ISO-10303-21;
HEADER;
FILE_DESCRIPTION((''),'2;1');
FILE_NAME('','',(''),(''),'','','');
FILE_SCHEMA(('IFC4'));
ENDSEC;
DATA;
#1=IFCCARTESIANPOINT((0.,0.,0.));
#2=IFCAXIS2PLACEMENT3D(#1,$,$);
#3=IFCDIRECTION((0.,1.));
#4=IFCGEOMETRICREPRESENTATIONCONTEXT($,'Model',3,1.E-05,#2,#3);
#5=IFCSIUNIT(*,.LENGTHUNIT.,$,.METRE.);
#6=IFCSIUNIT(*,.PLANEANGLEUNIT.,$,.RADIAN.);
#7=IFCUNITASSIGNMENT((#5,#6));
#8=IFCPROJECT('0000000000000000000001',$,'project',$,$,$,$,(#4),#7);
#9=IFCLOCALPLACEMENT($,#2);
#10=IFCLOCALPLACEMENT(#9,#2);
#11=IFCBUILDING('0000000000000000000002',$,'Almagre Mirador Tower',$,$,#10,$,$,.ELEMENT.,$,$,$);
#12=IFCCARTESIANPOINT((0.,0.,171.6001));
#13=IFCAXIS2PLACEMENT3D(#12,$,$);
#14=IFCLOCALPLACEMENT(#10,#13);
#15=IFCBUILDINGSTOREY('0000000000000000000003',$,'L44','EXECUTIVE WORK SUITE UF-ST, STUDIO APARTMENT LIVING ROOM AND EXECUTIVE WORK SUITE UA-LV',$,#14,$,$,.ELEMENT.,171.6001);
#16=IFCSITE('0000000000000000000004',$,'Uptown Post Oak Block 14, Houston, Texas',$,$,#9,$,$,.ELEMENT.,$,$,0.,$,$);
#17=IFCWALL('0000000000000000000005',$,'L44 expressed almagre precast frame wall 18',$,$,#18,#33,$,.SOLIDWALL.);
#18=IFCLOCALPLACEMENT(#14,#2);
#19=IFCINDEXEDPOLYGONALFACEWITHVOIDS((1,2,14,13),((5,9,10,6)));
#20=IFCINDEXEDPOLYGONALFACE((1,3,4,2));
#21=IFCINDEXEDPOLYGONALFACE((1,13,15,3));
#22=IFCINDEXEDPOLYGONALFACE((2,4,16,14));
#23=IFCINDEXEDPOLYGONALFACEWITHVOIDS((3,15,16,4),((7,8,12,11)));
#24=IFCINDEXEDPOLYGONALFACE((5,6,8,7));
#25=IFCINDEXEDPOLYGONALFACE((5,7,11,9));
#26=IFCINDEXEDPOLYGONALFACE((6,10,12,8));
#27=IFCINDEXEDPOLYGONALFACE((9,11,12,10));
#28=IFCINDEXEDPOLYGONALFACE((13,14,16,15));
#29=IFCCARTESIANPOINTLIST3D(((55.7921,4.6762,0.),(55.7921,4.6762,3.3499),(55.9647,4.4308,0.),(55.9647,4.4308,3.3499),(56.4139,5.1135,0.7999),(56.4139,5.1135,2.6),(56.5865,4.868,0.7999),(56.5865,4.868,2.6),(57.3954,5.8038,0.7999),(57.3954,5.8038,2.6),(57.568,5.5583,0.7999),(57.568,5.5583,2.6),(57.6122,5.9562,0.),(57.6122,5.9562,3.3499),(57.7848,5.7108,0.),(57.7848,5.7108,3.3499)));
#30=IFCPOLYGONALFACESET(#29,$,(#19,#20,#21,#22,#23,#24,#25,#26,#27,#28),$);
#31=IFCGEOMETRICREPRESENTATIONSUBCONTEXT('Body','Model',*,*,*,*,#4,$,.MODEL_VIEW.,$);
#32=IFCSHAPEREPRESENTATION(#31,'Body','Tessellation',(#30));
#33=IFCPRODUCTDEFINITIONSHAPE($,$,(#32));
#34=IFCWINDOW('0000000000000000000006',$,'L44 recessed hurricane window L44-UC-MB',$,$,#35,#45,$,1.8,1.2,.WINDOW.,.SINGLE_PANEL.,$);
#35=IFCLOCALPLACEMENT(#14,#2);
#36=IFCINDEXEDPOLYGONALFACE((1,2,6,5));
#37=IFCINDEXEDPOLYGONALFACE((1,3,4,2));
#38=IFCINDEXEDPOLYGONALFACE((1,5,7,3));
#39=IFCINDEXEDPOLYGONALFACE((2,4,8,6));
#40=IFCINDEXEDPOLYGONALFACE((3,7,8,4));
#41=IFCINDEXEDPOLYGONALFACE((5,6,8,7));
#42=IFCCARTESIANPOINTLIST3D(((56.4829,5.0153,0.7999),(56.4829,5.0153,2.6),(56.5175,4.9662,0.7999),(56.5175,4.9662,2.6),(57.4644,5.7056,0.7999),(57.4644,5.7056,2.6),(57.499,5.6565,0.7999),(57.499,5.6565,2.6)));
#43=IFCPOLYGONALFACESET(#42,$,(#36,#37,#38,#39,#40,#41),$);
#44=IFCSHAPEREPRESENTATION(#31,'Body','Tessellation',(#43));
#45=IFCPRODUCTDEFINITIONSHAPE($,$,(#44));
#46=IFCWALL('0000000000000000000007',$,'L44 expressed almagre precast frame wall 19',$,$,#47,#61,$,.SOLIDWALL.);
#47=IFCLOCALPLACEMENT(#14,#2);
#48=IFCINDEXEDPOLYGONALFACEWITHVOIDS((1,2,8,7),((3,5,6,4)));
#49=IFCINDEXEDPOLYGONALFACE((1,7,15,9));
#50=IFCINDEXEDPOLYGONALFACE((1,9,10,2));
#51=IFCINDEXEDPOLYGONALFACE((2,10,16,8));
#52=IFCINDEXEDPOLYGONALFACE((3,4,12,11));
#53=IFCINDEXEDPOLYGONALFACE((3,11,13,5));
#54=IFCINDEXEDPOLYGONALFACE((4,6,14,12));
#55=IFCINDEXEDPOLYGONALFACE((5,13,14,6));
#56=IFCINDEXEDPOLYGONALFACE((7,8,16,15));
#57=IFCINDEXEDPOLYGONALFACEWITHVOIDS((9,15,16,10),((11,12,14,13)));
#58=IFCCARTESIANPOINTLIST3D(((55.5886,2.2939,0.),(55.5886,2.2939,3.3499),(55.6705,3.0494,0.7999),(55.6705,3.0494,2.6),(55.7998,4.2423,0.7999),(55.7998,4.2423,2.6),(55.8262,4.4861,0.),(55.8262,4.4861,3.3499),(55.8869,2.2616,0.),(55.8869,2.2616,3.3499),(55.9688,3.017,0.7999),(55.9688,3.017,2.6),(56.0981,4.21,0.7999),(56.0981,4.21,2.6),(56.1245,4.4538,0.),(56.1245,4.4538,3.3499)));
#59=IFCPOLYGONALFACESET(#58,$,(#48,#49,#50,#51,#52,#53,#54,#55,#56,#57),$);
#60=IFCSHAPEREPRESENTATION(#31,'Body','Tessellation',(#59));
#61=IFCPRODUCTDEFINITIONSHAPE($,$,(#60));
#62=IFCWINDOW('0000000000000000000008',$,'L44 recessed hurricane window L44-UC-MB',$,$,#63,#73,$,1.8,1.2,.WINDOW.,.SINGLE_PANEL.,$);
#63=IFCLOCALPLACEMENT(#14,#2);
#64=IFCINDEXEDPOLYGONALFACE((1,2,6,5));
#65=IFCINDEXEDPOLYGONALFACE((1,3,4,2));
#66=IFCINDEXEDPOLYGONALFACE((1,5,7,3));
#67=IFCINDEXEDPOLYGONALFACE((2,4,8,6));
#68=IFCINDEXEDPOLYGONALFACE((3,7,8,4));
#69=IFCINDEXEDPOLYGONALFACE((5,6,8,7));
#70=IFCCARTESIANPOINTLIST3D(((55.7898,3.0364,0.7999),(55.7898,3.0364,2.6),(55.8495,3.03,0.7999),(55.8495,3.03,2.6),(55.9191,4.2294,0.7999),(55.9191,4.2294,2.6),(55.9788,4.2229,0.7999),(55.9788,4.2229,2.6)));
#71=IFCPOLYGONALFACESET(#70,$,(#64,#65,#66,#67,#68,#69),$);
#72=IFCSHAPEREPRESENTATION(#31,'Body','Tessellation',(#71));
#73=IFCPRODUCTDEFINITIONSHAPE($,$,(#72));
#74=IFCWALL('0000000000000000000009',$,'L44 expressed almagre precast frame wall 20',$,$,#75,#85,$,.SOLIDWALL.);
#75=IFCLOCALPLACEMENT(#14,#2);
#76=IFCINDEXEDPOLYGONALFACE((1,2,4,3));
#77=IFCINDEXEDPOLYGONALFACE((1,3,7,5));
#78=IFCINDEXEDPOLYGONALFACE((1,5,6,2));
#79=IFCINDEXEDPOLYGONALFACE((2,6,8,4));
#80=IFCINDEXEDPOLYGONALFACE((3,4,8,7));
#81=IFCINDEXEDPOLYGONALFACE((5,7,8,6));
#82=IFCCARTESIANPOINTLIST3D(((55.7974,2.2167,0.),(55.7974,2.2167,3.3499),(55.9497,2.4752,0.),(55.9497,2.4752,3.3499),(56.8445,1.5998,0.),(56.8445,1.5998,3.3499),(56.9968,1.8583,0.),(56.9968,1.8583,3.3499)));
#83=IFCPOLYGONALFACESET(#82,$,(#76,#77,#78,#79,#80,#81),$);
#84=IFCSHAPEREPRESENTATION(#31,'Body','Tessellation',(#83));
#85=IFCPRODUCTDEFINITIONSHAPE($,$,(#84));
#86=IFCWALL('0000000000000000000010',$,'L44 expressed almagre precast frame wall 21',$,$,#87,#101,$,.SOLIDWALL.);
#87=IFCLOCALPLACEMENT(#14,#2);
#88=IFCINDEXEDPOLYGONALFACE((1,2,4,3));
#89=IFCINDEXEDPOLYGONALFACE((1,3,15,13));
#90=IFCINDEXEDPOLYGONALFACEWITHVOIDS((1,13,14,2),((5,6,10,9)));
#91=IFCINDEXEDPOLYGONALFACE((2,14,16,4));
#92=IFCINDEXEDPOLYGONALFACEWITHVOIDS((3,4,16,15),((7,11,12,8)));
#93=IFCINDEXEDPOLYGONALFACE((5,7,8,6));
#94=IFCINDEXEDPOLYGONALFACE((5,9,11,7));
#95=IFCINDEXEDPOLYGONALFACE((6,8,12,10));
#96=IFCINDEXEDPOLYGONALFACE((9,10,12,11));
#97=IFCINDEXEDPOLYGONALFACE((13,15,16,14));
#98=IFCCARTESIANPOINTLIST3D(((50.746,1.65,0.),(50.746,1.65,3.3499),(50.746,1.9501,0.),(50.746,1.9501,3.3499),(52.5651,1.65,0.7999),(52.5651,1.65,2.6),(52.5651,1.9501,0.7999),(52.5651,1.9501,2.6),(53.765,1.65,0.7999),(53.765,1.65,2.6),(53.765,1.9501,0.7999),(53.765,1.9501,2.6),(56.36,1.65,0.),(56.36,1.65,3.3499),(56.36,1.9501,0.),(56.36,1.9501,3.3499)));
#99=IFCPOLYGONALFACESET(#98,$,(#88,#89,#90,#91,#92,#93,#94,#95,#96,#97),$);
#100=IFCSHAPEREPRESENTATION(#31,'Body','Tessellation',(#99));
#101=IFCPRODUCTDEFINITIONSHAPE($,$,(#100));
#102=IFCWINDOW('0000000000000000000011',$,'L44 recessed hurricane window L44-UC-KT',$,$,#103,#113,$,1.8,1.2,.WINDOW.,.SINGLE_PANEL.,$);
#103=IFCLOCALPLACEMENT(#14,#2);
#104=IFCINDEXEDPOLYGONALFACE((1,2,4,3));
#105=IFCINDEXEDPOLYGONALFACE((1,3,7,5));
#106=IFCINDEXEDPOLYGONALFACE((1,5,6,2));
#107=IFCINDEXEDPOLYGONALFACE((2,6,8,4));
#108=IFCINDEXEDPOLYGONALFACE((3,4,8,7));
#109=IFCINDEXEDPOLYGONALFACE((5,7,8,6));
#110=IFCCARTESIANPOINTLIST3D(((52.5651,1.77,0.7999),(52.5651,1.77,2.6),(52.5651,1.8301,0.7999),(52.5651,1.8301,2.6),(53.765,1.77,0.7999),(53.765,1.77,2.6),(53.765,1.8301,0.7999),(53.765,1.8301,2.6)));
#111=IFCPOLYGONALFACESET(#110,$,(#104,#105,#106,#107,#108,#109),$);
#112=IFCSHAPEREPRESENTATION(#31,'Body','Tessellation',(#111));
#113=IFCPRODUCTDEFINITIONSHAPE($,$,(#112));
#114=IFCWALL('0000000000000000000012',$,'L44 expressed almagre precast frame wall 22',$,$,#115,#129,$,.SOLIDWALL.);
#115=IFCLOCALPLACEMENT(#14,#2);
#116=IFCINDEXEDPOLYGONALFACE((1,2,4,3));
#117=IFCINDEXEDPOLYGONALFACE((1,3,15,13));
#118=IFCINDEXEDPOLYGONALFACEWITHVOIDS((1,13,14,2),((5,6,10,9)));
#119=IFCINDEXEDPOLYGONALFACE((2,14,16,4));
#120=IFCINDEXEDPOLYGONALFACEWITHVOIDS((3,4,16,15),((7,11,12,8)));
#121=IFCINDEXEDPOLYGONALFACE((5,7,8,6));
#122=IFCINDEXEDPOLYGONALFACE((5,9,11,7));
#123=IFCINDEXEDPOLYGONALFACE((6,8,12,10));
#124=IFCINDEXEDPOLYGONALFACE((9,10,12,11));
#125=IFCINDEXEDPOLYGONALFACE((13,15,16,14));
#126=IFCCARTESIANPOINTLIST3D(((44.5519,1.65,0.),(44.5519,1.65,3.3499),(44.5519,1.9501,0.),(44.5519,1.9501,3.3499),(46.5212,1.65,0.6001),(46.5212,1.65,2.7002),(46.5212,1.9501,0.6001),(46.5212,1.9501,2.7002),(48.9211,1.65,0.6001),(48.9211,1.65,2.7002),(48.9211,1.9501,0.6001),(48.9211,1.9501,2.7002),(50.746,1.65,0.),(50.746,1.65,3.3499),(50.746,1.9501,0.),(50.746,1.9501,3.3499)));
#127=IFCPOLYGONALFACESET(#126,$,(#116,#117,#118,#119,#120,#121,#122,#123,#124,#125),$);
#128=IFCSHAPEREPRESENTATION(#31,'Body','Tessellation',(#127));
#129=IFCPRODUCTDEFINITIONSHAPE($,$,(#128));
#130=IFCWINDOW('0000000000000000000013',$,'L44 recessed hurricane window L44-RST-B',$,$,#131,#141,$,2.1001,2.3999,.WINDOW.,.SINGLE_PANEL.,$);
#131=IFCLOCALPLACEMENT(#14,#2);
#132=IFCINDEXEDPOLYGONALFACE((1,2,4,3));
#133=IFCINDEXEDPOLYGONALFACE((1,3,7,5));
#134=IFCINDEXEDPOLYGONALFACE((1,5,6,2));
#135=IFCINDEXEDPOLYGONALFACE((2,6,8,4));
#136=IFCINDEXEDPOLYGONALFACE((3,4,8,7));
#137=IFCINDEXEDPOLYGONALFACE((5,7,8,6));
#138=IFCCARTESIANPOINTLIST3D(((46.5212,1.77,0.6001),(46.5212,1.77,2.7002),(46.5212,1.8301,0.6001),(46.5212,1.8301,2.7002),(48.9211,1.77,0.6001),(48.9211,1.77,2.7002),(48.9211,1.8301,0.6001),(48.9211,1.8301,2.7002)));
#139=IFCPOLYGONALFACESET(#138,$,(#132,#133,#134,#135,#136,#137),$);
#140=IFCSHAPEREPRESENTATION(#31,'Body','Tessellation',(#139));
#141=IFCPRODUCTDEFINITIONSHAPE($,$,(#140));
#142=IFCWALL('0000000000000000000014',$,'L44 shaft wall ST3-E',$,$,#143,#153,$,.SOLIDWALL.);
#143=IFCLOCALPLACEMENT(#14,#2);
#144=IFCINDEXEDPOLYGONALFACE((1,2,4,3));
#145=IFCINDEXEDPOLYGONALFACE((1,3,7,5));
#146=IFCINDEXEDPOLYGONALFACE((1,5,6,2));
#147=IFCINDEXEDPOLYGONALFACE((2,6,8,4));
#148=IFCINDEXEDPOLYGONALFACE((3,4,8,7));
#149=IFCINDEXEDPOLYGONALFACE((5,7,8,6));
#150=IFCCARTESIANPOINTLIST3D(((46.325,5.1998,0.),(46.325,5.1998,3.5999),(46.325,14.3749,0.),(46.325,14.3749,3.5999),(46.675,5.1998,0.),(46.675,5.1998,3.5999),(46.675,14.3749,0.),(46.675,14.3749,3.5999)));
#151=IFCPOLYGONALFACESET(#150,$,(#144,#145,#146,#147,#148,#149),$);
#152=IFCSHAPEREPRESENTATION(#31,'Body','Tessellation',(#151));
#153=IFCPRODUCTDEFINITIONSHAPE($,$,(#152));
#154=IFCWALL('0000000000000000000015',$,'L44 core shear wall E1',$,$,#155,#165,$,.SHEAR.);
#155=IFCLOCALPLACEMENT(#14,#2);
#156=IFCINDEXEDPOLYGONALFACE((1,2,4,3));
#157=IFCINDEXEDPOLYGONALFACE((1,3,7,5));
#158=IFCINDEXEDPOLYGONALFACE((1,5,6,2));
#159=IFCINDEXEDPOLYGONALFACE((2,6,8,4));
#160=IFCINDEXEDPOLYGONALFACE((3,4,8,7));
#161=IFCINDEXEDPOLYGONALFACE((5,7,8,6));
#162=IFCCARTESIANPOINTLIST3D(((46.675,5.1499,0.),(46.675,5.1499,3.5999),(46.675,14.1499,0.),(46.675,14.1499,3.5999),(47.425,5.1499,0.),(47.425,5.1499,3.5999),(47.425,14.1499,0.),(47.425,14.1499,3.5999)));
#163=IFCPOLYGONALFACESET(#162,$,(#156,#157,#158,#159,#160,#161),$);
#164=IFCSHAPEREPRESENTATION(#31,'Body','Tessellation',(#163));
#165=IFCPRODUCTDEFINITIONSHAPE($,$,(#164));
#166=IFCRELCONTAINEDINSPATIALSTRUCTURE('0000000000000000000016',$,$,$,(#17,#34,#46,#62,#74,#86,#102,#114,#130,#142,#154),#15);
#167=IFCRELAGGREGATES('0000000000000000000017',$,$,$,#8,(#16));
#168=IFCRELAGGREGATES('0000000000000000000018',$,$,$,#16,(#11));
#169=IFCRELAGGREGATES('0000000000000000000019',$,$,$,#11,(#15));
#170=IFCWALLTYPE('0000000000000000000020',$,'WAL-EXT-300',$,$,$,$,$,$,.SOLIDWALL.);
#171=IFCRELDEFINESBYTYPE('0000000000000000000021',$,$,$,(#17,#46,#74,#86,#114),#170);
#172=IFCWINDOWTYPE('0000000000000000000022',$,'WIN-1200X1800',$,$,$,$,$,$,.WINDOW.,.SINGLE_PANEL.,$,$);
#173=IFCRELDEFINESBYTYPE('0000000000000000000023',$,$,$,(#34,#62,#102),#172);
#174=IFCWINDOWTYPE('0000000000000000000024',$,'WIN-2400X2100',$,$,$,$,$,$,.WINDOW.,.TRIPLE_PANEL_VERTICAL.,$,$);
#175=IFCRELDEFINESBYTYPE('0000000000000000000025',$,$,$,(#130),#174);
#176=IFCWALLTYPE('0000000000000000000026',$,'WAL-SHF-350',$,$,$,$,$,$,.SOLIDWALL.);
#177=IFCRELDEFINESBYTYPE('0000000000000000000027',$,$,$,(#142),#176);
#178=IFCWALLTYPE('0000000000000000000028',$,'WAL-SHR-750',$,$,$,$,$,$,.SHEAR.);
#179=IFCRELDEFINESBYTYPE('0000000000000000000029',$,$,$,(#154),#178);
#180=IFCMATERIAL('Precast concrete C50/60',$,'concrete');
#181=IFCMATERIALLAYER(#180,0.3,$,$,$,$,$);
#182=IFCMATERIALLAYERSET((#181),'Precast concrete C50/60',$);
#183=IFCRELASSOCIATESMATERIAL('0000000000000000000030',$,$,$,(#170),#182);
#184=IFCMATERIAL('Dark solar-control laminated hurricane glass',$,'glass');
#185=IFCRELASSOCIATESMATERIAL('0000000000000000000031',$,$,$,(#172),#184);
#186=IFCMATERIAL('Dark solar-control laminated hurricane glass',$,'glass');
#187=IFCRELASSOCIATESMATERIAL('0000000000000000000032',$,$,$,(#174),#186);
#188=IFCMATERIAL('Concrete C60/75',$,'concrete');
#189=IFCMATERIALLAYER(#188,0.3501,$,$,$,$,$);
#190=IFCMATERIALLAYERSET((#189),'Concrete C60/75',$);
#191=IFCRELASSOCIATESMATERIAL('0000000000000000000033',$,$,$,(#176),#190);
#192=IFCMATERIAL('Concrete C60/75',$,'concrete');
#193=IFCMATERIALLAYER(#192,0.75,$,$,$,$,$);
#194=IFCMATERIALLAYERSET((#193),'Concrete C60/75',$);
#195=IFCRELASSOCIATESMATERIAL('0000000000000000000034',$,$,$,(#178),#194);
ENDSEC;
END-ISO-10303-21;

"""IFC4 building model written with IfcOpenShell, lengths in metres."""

from ifc_helpers import new_model, si_unit, direction, frame, frame_2d, origin, place, context, subcontext, project, spatial, rectangle, extrude, material, layer, layer_set, type_object, element, fill, save


model = new_model("IFC4")

# Units and contexts
model_context = context("Model", 3, precision=1e-05, world=origin(), true_north=direction((0.0, 1.0)))
body_context = subcontext(model_context, "Body", "Model", "MODEL_VIEW")
ifc_project = project(units=[si_unit("LENGTHUNIT", "METRE"), si_unit("PLANEANGLEUNIT", "RADIAN")], contexts=[model_context])

# Site, building, storey
site_placement = place(None, origin())
site = spatial("IfcSite", under=ifc_project, at=site_placement, Name="Uptown Post Oak Block 14, Houston, Texas", CompositionType="ELEMENT", RefElevation=0.0)
building_placement = place(site_placement, origin())
building = spatial("IfcBuilding", under=site, at=building_placement, Name="Almagre Mirador Tower", CompositionType="ELEMENT")
storey_placement = place(building_placement, frame((0.0, 0.0, 171.6001)))
storey = spatial("IfcBuildingStorey", under=building, at=storey_placement, Name="L44", Description="EXECUTIVE WORK SUITE UF-ST, STUDIO APARTMENT LIVING ROOM AND EXECUTIVE WORK SUITE UA-LV", CompositionType="ELEMENT", Elevation=171.6001)

# Shared definitions
ifc_material_1 = material(Name="Precast concrete C50/60", Category="concrete")
ifc_layer_1 = layer(ifc_material_1, 0.3)
ifc_layer_set_1 = layer_set([ifc_layer_1], Name="Precast concrete C50/60")
wall_type_1 = type_object("IfcWallType", Name="WAL-EXT-300", PredefinedType="SOLIDWALL", material=ifc_layer_set_1)

# Walls, openings, windows
wall_1_placement = place(storey_placement, frame((57.6985, 5.8335, 0.0), z_axis=(0.0, 0.0, 1.0), x_axis=(-0.817967, -0.575265, 0.0)))
wall_1 = element("IfcWall", 1, at=wall_1_placement, inside=storey, type_object=wall_type_1, Name="L44 expressed almagre precast frame wall 18", PredefinedType="SOLIDWALL", context=body_context, shape_type="SweptSolid", body=[
    extrude(rectangle(XDim=2.2251, YDim=0.3, at=frame_2d((1.1125, 0.0))), origin(), (0.0, 0.0, 1.0), 3.3499),
])
opening_1_placement = place(wall_1_placement, frame((0.2649, 0.0, 0.8)))
opening_1 = element("IfcOpeningElement", 2, at=opening_1_placement, cuts=wall_1, PredefinedType="OPENING", context=body_context, shape_type="SweptSolid", body=[
    extrude(rectangle(XDim=1.2, YDim=1.8, at=frame_2d((0.6001, 0.8999))), frame((0.0, 0.1599, 0.0), z_axis=(0.0, -1.0, 0.0), x_axis=(1.0, 0.0, 0.0)), (0.0, 0.0, 1.0), 0.32),
])
ifc_material_2 = material(Name="Dark solar-control laminated hurricane glass", Category="glass")
window_type_1 = type_object("IfcWindowType", Name="WIN-1200X1800", PartitioningType="SINGLE_PANEL", PredefinedType="WINDOW", material=ifc_material_2)
window_1_placement = place(opening_1_placement, origin())
window_1 = element("IfcWindow", 3, at=window_1_placement, inside=storey, type_object=window_type_1, Name="L44 recessed hurricane window L44-UC-MB", OverallHeight=1.8, OverallWidth=1.2, PartitioningType="SINGLE_PANEL", PredefinedType="WINDOW", context=body_context, shape_type="SweptSolid", body=[
    extrude(rectangle(XDim=1.2, YDim=1.8, at=frame_2d((0.6001, 0.8999))), frame((0.0, 0.03, 0.0), z_axis=(0.0, -1.0, 0.0), x_axis=(1.0, 0.0, 0.0)), (0.0, 0.0, 1.0), 0.0601),
])
fill(opening_1, window_1)
wall_2_placement = place(storey_placement, frame((55.9753, 4.47, 0.0), z_axis=(0.0, 0.0, 1.0), x_axis=(-0.107733, -0.99418, 0.0)))
wall_2 = element("IfcWall", 4, at=wall_2_placement, inside=storey, type_object=wall_type_1, Name="L44 expressed almagre precast frame wall 19", PredefinedType="SOLIDWALL", context=body_context, shape_type="SweptSolid", body=[
    extrude(rectangle(XDim=2.2051, YDim=0.3, at=frame_2d((1.1025, 0.0))), origin(), (0.0, 0.0, 1.0), 3.3499),
])
opening_2_placement = place(wall_2_placement, frame((0.2451, 0.0, 0.8)))
opening_2 = element("IfcOpeningElement", 5, at=opening_2_placement, cuts=wall_2, PredefinedType="OPENING", context=body_context, shape_type="SweptSolid", body=[
    extrude(rectangle(XDim=1.2, YDim=1.8, at=frame_2d((0.6001, 0.8999))), frame((0.0, 0.1599, 0.0), z_axis=(0.0, -1.0, 0.0), x_axis=(1.0, 0.0, 0.0)), (0.0, 0.0, 1.0), 0.32),
])
window_2_placement = place(opening_2_placement, origin())
window_2 = element("IfcWindow", 6, at=window_2_placement, inside=storey, type_object=window_type_1, Name="L44 recessed hurricane window L44-UC-MB", OverallHeight=1.8, OverallWidth=1.2, PartitioningType="SINGLE_PANEL", PredefinedType="WINDOW", context=body_context, shape_type="SweptSolid", body=[
    extrude(rectangle(XDim=1.2, YDim=1.8, at=frame_2d((0.6001, 0.8999))), frame((0.0, 0.03, 0.0), z_axis=(0.0, -1.0, 0.0), x_axis=(1.0, 0.0, 0.0)), (0.0, 0.0, 1.0), 0.0601),
])
fill(opening_2, window_2)

# Wall
wall_3_placement = place(storey_placement, frame((55.8735, 2.3459, 0.0), z_axis=(0.0, 0.0, 1.0), x_axis=(0.861578, -0.507626, 0.0)))
element("IfcWall", 7, at=wall_3_placement, inside=storey, type_object=wall_type_1, Name="L44 expressed almagre precast frame wall 20", PredefinedType="SOLIDWALL", context=body_context, shape_type="SweptSolid", body=[
    extrude(rectangle(XDim=1.2153, YDim=0.3, at=frame_2d((0.6077, 0.0))), origin(), (0.0, 0.0, 1.0), 3.3499),
])

# Walls, openings, windows
wall_4_placement = place(storey_placement, frame((56.3601, 1.8, 0.0), z_axis=(0.0, 0.0, 1.0), x_axis=(-1.0, 0.0, 0.0)))
wall_4 = element("IfcWall", 8, at=wall_4_placement, inside=storey, type_object=wall_type_1, Name="L44 expressed almagre precast frame wall 21", PredefinedType="SOLIDWALL", context=body_context, shape_type="SweptSolid", body=[
    extrude(rectangle(XDim=5.614, YDim=0.3, at=frame_2d((2.8071, 0.0))), origin(), (0.0, 0.0, 1.0), 3.3499),
])
opening_3_placement = place(wall_4_placement, frame((2.595, 0.0, 0.8)))
opening_3 = element("IfcOpeningElement", 9, at=opening_3_placement, cuts=wall_4, PredefinedType="OPENING", context=body_context, shape_type="SweptSolid", body=[
    extrude(rectangle(XDim=1.2, YDim=1.8, at=frame_2d((0.6001, 0.8999))), frame((0.0, 0.1599, 0.0), z_axis=(0.0, -1.0, 0.0), x_axis=(1.0, 0.0, 0.0)), (0.0, 0.0, 1.0), 0.32),
])
window_3_placement = place(opening_3_placement, origin())
window_3 = element("IfcWindow", 10, at=window_3_placement, inside=storey, type_object=window_type_1, Name="L44 recessed hurricane window L44-UC-KT", OverallHeight=1.8, OverallWidth=1.2, PartitioningType="SINGLE_PANEL", PredefinedType="WINDOW", context=body_context, shape_type="SweptSolid", body=[
    extrude(rectangle(XDim=1.2, YDim=1.8, at=frame_2d((0.6001, 0.8999))), frame((0.0, 0.03, 0.0), z_axis=(0.0, -1.0, 0.0), x_axis=(1.0, 0.0, 0.0)), (0.0, 0.0, 1.0), 0.0601),
])
fill(opening_3, window_3)
wall_5_placement = place(storey_placement, frame((50.7461, 1.8, 0.0), z_axis=(0.0, 0.0, 1.0), x_axis=(-1.0, 0.0, 0.0)))
wall_5 = element("IfcWall", 11, at=wall_5_placement, inside=storey, type_object=wall_type_1, Name="L44 expressed almagre precast frame wall 22", PredefinedType="SOLIDWALL", context=body_context, shape_type="SweptSolid", body=[
    extrude(rectangle(XDim=6.1941, YDim=0.3, at=frame_2d((3.0972, 0.0))), origin(), (0.0, 0.0, 1.0), 3.3499),
])
opening_4_placement = place(wall_5_placement, frame((1.825, 0.0, 0.6001)))
opening_4 = element("IfcOpeningElement", 12, at=opening_4_placement, cuts=wall_5, PredefinedType="OPENING", context=body_context, shape_type="SweptSolid", body=[
    extrude(rectangle(XDim=2.3999, YDim=2.1001, at=frame_2d((1.2, 1.05))), frame((0.0, 0.1599, 0.0), z_axis=(0.0, -1.0, 0.0), x_axis=(1.0, 0.0, 0.0)), (0.0, 0.0, 1.0), 0.32),
])
ifc_material_3 = material(Name="Dark solar-control laminated hurricane glass", Category="glass")
window_type_2 = type_object("IfcWindowType", Name="WIN-2400X2100", PartitioningType="TRIPLE_PANEL_VERTICAL", PredefinedType="WINDOW", material=ifc_material_3)
window_4_placement = place(opening_4_placement, origin())
window_4 = element("IfcWindow", 13, at=window_4_placement, inside=storey, type_object=window_type_2, Name="L44 recessed hurricane window L44-RST-B", OverallHeight=2.1001, OverallWidth=2.3999, PartitioningType="SINGLE_PANEL", PredefinedType="WINDOW", context=body_context, shape_type="SweptSolid", body=[
    extrude(rectangle(XDim=2.3999, YDim=2.1001, at=frame_2d((1.2, 1.05))), frame((0.0, 0.03, 0.0), z_axis=(0.0, -1.0, 0.0), x_axis=(1.0, 0.0, 0.0)), (0.0, 0.0, 1.0), 0.0601),
])
fill(opening_4, window_4)

# Walls
ifc_material_4 = material(Name="Concrete C60/75", Category="concrete")
ifc_layer_2 = layer(ifc_material_4, 0.3501)
ifc_layer_set_2 = layer_set([ifc_layer_2], Name="Concrete C60/75")
wall_type_2 = type_object("IfcWallType", Name="WAL-SHF-350", PredefinedType="SOLIDWALL", material=ifc_layer_set_2)
wall_6_placement = place(storey_placement, frame((46.5, 5.2, 0.0), z_axis=(0.0, 0.0, 1.0), x_axis=(0.0, 1.0, 0.0)))
element("IfcWall", 14, at=wall_6_placement, inside=storey, type_object=wall_type_2, Name="L44 shaft wall ST3-E", PredefinedType="SOLIDWALL", context=body_context, shape_type="SweptSolid", body=[
    extrude(rectangle(XDim=9.175, YDim=0.3501, at=frame_2d((4.5874, 0.0))), origin(), (0.0, 0.0, 1.0), 3.5999),
])
ifc_material_5 = material(Name="Concrete C60/75", Category="concrete")
ifc_layer_3 = layer(ifc_material_5, 0.75)
ifc_layer_set_3 = layer_set([ifc_layer_3], Name="Concrete C60/75")
wall_type_3 = type_object("IfcWallType", Name="WAL-SHR-750", PredefinedType="SHEAR", material=ifc_layer_set_3)
wall_7_placement = place(storey_placement, frame((47.05, 5.1499, 0.0), z_axis=(0.0, 0.0, 1.0), x_axis=(0.0, 1.0, 0.0)))
element("IfcWall", 15, at=wall_7_placement, inside=storey, type_object=wall_type_3, Name="L44 core shear wall E1", PredefinedType="SHEAR", context=body_context, shape_type="SweptSolid", body=[
    extrude(rectangle(XDim=9.0, YDim=0.75, at=frame_2d((4.5, 0.0))), origin(), (0.0, 0.0, 1.0), 3.5999),
])

save(model, "model.ifc")
